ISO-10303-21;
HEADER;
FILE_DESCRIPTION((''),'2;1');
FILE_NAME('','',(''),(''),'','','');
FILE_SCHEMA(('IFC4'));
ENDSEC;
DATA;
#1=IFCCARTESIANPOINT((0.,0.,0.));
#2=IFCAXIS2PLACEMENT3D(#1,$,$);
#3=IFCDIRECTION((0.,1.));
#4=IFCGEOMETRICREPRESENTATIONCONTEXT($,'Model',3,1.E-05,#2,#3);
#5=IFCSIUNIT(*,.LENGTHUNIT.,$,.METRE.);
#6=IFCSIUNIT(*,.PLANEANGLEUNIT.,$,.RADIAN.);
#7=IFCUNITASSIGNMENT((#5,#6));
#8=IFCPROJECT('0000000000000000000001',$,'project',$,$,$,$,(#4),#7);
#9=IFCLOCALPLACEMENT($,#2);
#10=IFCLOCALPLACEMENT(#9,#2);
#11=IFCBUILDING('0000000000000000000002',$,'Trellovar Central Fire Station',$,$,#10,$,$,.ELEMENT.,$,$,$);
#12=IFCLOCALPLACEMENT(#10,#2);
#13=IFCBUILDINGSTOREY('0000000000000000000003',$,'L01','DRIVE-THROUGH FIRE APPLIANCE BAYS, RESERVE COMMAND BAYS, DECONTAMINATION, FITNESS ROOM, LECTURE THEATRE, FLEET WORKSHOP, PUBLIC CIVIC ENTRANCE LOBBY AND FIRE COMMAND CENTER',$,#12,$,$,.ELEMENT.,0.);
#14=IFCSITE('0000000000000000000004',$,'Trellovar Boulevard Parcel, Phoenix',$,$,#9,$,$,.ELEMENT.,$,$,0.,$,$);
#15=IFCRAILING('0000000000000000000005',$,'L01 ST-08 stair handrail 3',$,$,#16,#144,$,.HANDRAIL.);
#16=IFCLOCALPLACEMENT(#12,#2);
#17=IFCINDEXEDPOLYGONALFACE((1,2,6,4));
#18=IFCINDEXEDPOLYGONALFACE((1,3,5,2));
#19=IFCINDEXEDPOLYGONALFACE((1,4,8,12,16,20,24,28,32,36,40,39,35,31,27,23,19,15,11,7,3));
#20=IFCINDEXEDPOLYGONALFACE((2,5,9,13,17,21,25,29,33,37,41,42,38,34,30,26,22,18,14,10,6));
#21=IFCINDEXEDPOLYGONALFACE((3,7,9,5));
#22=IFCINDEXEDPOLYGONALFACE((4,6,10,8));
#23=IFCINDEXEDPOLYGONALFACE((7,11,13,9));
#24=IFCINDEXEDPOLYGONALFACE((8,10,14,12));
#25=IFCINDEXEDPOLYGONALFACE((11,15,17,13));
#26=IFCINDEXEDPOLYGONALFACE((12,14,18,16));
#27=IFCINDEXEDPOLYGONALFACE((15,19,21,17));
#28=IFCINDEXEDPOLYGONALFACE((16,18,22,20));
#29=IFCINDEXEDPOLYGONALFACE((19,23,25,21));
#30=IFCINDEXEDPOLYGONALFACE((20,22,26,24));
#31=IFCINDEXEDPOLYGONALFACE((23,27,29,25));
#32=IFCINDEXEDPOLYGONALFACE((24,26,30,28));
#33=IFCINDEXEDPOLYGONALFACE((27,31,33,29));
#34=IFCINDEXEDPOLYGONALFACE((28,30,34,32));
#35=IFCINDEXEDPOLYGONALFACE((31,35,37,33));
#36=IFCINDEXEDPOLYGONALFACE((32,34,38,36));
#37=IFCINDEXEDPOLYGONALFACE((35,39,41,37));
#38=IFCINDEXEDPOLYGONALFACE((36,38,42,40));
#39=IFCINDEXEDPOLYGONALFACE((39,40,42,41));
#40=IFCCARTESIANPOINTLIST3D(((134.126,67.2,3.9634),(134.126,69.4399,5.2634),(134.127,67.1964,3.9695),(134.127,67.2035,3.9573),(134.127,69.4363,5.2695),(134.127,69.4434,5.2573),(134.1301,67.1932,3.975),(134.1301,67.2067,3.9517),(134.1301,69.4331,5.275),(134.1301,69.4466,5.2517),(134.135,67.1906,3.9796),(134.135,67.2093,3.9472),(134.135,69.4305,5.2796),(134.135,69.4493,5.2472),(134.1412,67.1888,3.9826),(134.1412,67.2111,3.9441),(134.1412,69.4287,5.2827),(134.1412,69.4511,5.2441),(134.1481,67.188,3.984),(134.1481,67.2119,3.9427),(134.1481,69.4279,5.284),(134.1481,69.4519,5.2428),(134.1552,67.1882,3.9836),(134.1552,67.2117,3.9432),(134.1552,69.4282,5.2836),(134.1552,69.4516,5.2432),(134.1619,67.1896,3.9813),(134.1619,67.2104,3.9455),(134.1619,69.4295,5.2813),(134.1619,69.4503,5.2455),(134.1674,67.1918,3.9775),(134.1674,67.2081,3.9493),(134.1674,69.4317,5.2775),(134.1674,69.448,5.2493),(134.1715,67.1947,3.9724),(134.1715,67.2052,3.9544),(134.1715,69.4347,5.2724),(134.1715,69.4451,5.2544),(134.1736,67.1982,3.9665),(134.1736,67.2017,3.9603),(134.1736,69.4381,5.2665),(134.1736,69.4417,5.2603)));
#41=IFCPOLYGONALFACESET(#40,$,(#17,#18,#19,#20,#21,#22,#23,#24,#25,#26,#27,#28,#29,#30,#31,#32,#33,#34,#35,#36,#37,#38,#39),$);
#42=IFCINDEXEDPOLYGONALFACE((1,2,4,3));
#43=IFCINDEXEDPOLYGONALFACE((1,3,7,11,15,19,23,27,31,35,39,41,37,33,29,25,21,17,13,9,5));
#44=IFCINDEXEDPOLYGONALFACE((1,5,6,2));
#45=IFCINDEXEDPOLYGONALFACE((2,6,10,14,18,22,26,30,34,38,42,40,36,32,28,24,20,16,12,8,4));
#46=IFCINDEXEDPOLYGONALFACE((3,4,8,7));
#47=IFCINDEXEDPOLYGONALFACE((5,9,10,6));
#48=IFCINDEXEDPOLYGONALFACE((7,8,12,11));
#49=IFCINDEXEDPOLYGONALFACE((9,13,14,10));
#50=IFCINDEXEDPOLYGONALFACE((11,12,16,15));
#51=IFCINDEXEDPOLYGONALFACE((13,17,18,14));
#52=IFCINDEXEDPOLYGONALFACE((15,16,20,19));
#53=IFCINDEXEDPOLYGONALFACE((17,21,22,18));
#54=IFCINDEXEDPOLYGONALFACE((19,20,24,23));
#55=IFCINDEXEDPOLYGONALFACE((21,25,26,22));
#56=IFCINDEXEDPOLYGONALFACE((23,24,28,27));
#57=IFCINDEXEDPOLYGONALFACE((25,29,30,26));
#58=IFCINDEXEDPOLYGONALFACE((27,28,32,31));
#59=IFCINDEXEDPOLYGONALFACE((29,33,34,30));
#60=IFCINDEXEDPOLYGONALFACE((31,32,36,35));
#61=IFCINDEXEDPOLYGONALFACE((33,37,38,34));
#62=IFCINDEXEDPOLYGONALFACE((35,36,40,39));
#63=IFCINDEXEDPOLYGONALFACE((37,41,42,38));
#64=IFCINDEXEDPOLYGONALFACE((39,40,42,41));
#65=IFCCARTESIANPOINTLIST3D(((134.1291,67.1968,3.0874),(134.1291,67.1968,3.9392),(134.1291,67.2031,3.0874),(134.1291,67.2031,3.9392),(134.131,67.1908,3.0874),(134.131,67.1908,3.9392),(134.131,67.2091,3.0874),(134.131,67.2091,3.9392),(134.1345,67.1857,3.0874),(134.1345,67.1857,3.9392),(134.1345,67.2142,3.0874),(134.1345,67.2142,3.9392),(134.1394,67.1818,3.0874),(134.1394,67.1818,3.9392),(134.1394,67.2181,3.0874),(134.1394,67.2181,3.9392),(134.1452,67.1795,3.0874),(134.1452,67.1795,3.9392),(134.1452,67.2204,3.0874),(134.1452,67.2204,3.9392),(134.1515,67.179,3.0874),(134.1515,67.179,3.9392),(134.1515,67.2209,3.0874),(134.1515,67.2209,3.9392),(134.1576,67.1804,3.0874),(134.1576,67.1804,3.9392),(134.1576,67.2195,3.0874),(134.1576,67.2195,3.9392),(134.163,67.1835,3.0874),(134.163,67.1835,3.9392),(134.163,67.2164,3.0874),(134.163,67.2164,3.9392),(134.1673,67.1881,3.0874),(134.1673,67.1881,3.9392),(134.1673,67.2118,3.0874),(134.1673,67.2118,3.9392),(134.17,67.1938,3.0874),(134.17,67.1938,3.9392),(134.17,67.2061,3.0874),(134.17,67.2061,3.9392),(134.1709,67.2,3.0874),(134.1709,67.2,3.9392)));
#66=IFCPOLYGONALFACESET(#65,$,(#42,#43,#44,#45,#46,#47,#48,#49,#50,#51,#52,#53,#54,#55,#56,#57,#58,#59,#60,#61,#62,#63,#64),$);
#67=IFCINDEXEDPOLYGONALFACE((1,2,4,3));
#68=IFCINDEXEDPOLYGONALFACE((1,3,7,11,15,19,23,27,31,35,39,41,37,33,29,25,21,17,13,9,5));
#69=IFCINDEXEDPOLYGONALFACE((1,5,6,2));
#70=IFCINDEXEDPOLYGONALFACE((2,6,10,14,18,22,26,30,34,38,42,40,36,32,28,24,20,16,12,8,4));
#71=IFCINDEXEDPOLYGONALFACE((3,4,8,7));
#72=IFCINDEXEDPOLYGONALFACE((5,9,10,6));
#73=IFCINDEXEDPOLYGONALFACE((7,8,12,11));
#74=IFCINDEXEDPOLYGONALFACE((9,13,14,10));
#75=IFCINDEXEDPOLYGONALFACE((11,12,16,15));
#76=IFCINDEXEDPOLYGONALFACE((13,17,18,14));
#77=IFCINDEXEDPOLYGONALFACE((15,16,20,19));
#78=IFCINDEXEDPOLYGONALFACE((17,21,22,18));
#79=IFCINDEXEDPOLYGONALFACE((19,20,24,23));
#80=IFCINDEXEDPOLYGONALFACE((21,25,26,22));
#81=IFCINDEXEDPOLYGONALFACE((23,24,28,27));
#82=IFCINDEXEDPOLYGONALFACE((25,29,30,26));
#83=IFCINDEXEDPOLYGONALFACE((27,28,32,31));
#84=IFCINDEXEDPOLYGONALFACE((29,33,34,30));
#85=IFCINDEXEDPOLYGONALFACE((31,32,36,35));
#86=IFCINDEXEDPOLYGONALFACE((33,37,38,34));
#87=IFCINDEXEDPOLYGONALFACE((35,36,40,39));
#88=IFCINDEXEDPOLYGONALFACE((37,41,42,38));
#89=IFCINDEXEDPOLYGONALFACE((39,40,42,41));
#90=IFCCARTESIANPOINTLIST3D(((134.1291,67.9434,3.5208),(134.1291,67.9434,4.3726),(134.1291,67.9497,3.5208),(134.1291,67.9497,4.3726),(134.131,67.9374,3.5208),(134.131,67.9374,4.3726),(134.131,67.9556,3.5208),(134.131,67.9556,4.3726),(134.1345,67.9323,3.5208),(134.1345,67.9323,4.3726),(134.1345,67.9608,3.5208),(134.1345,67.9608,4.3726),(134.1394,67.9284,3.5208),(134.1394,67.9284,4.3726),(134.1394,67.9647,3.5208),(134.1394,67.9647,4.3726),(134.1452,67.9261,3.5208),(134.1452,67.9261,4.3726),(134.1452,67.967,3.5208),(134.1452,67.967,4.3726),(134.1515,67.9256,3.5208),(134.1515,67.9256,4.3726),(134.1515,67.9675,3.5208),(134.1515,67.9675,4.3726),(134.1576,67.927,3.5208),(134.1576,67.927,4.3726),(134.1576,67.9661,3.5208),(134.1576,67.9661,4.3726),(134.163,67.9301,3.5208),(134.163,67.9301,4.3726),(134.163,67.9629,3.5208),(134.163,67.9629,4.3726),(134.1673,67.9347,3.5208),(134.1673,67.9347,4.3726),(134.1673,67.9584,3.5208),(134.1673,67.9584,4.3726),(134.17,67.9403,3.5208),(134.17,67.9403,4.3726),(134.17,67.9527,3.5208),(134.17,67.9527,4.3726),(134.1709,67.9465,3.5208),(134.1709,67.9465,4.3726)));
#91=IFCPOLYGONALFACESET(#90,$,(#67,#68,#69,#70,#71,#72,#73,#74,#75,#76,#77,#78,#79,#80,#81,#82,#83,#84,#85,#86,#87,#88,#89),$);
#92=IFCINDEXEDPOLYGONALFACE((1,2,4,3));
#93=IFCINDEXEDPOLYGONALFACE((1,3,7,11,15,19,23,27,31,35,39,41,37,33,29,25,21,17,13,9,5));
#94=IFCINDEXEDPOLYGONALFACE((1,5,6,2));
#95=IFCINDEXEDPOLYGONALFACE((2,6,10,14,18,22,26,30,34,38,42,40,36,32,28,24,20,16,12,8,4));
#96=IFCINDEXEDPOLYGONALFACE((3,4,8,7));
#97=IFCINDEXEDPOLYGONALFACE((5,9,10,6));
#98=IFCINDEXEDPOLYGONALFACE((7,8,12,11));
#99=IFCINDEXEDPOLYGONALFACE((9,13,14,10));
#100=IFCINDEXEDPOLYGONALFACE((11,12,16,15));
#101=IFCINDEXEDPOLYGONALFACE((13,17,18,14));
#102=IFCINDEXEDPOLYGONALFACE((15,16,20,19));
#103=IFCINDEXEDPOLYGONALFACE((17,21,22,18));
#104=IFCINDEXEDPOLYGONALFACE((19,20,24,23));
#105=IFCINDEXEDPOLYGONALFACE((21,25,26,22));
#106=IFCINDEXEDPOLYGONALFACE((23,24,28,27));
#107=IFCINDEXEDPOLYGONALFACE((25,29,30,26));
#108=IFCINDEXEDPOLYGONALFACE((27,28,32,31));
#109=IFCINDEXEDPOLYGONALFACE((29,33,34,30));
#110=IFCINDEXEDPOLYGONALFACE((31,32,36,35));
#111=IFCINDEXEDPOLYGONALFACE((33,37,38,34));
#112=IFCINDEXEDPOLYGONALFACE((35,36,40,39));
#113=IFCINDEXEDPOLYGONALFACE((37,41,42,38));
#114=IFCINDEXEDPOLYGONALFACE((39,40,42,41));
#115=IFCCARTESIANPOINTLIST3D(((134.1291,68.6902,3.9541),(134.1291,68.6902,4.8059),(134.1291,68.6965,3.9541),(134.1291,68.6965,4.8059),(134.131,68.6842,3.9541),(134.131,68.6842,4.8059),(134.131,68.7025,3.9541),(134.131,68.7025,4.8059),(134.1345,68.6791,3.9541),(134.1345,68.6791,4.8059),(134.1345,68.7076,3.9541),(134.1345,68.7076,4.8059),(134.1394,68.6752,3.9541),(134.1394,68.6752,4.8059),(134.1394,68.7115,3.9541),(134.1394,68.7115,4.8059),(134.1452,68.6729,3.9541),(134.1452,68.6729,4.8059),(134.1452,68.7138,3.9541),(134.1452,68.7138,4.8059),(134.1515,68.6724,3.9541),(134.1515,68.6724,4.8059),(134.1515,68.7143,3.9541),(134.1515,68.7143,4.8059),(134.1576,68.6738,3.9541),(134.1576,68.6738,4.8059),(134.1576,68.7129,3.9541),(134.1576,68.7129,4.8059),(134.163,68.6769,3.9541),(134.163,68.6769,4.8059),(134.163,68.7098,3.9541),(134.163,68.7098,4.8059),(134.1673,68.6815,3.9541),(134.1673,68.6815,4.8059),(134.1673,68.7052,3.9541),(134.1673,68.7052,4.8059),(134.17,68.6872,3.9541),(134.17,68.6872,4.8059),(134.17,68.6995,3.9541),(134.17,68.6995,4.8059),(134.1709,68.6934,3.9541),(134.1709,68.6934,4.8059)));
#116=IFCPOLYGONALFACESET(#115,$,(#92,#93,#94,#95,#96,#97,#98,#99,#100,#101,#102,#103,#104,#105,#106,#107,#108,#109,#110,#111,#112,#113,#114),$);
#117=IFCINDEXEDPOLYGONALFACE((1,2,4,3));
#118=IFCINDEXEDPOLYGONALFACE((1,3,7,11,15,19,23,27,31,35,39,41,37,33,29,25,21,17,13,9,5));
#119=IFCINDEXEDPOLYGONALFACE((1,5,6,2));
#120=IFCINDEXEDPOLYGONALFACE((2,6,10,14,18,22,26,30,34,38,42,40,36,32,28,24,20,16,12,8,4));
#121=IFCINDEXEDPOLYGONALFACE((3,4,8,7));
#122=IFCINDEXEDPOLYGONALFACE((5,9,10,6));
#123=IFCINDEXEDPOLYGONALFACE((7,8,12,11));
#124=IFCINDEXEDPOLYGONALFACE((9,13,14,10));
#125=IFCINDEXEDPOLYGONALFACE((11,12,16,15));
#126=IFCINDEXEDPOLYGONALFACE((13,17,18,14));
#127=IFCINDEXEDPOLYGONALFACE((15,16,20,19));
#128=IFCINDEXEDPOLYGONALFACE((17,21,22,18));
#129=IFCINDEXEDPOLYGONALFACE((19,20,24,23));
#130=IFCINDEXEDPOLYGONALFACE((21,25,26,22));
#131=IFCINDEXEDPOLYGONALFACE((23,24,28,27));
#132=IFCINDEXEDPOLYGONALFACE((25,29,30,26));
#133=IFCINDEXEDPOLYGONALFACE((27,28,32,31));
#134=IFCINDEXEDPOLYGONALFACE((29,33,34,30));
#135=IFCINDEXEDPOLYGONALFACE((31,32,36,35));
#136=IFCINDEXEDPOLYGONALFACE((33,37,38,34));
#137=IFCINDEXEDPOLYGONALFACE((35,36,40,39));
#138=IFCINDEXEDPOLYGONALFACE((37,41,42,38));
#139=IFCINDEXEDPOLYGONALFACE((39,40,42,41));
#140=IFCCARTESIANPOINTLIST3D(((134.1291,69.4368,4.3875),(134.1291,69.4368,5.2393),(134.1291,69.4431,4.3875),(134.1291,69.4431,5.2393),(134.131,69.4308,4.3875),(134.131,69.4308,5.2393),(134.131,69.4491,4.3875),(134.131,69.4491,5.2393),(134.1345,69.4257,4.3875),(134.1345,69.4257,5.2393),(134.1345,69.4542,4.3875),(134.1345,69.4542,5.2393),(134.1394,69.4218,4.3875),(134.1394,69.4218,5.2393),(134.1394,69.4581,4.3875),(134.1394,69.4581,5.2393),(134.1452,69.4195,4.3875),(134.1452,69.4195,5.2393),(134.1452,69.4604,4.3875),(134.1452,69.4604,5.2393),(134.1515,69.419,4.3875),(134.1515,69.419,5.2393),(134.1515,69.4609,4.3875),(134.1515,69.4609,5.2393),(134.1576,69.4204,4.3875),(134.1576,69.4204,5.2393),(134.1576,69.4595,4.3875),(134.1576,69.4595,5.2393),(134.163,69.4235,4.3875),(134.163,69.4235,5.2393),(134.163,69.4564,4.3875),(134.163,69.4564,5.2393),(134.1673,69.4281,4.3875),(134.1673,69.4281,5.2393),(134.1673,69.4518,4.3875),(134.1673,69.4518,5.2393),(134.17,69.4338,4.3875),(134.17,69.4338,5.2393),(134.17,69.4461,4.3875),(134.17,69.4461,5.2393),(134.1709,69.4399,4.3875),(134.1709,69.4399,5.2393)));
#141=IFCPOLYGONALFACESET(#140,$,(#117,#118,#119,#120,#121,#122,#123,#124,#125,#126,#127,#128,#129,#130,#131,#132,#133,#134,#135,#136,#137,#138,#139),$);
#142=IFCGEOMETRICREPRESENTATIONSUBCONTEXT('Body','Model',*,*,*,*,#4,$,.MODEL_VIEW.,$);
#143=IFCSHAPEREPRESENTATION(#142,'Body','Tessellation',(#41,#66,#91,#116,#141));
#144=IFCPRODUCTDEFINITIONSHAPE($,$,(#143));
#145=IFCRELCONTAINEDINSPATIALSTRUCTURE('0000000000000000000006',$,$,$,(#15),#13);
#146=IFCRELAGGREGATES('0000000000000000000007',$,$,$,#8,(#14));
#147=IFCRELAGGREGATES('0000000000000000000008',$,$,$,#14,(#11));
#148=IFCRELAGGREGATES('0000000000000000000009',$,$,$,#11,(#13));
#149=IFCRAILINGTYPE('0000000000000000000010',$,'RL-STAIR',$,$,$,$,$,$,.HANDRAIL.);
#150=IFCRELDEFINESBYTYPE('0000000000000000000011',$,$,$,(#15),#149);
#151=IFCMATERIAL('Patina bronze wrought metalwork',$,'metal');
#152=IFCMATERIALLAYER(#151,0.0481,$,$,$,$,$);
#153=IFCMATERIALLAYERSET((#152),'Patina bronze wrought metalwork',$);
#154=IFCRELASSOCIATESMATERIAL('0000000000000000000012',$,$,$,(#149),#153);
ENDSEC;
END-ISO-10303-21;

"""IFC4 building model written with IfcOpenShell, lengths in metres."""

from ifc_helpers import new_model, si_unit, direction, frame, origin, origin_2d, place, context, subcontext, project, spatial, circle, extrude, material, layer, layer_set, type_object, element, save


model = new_model("IFC4")

# Units and contexts
model_context = context("Model", 3, precision=1e-05, world=origin(), true_north=direction((0.0, 1.0)))
body_context = subcontext(model_context, "Body", "Model", "MODEL_VIEW")
ifc_project = project(units=[si_unit("LENGTHUNIT", "METRE"), si_unit("PLANEANGLEUNIT", "RADIAN")], contexts=[model_context])

# Site, building, storey
site_placement = place(None, origin())
site = spatial("IfcSite", under=ifc_project, at=site_placement, Name="Trellovar Boulevard Parcel, Phoenix", CompositionType="ELEMENT", RefElevation=0.0)
building_placement = place(site_placement, origin())
building = spatial("IfcBuilding", under=site, at=building_placement, Name="Trellovar Central Fire Station", CompositionType="ELEMENT")
storey_placement = place(building_placement, origin())
storey = spatial("IfcBuildingStorey", under=building, at=storey_placement, Name="L01", Description="DRIVE-THROUGH FIRE APPLIANCE BAYS, RESERVE COMMAND BAYS, DECONTAMINATION, FITNESS ROOM, LECTURE THEATRE, FLEET WORKSHOP, PUBLIC CIVIC ENTRANCE LOBBY AND FIRE COMMAND CENTER", CompositionType="ELEMENT", Elevation=0.0)

# Railing
ifc_material_1 = material(Name="Patina bronze wrought metalwork", Category="metal")
ifc_layer_1 = layer(ifc_material_1, 0.0481)
ifc_layer_set_1 = layer_set([ifc_layer_1], Name="Patina bronze wrought metalwork")
railing_type_1 = type_object("IfcRailingType", Name="RL-STAIR", PredefinedType="HANDRAIL", material=ifc_layer_set_1)
railing_1_placement = place(storey_placement, frame((134.1499, 67.2, 3.0874)))
element("IfcRailing", 1, at=railing_1_placement, inside=storey, type_object=railing_type_1, Name="L01 ST-08 stair handrail 3", PredefinedType="HANDRAIL", context=body_context, shape_type="SweptSolid", body=[
    extrude(circle(Radius=0.0239, at=origin_2d()), frame((0.0, 0.0, 0.876), z_axis=(0.0, 0.864888, 0.501965), x_axis=(-1.0, 0.0, 0.0)), (0.0, 0.0, 1.0), 2.5898),
    extrude(circle(Radius=0.021, at=origin_2d()), origin(), (0.0, 0.0, 1.0), 0.8518),
    extrude(circle(Radius=0.021, at=origin_2d()), frame((0.0, 0.7466, 0.4333)), (0.0, 0.0, 1.0), 0.8518),
    extrude(circle(Radius=0.021, at=origin_2d()), frame((0.0, 1.4934, 0.8667)), (0.0, 0.0, 1.0), 0.8518),
    extrude(circle(Radius=0.021, at=origin_2d()), frame((0.0, 2.24, 1.3)), (0.0, 0.0, 1.0), 0.8518),
])

save(model, "model.ifc")
